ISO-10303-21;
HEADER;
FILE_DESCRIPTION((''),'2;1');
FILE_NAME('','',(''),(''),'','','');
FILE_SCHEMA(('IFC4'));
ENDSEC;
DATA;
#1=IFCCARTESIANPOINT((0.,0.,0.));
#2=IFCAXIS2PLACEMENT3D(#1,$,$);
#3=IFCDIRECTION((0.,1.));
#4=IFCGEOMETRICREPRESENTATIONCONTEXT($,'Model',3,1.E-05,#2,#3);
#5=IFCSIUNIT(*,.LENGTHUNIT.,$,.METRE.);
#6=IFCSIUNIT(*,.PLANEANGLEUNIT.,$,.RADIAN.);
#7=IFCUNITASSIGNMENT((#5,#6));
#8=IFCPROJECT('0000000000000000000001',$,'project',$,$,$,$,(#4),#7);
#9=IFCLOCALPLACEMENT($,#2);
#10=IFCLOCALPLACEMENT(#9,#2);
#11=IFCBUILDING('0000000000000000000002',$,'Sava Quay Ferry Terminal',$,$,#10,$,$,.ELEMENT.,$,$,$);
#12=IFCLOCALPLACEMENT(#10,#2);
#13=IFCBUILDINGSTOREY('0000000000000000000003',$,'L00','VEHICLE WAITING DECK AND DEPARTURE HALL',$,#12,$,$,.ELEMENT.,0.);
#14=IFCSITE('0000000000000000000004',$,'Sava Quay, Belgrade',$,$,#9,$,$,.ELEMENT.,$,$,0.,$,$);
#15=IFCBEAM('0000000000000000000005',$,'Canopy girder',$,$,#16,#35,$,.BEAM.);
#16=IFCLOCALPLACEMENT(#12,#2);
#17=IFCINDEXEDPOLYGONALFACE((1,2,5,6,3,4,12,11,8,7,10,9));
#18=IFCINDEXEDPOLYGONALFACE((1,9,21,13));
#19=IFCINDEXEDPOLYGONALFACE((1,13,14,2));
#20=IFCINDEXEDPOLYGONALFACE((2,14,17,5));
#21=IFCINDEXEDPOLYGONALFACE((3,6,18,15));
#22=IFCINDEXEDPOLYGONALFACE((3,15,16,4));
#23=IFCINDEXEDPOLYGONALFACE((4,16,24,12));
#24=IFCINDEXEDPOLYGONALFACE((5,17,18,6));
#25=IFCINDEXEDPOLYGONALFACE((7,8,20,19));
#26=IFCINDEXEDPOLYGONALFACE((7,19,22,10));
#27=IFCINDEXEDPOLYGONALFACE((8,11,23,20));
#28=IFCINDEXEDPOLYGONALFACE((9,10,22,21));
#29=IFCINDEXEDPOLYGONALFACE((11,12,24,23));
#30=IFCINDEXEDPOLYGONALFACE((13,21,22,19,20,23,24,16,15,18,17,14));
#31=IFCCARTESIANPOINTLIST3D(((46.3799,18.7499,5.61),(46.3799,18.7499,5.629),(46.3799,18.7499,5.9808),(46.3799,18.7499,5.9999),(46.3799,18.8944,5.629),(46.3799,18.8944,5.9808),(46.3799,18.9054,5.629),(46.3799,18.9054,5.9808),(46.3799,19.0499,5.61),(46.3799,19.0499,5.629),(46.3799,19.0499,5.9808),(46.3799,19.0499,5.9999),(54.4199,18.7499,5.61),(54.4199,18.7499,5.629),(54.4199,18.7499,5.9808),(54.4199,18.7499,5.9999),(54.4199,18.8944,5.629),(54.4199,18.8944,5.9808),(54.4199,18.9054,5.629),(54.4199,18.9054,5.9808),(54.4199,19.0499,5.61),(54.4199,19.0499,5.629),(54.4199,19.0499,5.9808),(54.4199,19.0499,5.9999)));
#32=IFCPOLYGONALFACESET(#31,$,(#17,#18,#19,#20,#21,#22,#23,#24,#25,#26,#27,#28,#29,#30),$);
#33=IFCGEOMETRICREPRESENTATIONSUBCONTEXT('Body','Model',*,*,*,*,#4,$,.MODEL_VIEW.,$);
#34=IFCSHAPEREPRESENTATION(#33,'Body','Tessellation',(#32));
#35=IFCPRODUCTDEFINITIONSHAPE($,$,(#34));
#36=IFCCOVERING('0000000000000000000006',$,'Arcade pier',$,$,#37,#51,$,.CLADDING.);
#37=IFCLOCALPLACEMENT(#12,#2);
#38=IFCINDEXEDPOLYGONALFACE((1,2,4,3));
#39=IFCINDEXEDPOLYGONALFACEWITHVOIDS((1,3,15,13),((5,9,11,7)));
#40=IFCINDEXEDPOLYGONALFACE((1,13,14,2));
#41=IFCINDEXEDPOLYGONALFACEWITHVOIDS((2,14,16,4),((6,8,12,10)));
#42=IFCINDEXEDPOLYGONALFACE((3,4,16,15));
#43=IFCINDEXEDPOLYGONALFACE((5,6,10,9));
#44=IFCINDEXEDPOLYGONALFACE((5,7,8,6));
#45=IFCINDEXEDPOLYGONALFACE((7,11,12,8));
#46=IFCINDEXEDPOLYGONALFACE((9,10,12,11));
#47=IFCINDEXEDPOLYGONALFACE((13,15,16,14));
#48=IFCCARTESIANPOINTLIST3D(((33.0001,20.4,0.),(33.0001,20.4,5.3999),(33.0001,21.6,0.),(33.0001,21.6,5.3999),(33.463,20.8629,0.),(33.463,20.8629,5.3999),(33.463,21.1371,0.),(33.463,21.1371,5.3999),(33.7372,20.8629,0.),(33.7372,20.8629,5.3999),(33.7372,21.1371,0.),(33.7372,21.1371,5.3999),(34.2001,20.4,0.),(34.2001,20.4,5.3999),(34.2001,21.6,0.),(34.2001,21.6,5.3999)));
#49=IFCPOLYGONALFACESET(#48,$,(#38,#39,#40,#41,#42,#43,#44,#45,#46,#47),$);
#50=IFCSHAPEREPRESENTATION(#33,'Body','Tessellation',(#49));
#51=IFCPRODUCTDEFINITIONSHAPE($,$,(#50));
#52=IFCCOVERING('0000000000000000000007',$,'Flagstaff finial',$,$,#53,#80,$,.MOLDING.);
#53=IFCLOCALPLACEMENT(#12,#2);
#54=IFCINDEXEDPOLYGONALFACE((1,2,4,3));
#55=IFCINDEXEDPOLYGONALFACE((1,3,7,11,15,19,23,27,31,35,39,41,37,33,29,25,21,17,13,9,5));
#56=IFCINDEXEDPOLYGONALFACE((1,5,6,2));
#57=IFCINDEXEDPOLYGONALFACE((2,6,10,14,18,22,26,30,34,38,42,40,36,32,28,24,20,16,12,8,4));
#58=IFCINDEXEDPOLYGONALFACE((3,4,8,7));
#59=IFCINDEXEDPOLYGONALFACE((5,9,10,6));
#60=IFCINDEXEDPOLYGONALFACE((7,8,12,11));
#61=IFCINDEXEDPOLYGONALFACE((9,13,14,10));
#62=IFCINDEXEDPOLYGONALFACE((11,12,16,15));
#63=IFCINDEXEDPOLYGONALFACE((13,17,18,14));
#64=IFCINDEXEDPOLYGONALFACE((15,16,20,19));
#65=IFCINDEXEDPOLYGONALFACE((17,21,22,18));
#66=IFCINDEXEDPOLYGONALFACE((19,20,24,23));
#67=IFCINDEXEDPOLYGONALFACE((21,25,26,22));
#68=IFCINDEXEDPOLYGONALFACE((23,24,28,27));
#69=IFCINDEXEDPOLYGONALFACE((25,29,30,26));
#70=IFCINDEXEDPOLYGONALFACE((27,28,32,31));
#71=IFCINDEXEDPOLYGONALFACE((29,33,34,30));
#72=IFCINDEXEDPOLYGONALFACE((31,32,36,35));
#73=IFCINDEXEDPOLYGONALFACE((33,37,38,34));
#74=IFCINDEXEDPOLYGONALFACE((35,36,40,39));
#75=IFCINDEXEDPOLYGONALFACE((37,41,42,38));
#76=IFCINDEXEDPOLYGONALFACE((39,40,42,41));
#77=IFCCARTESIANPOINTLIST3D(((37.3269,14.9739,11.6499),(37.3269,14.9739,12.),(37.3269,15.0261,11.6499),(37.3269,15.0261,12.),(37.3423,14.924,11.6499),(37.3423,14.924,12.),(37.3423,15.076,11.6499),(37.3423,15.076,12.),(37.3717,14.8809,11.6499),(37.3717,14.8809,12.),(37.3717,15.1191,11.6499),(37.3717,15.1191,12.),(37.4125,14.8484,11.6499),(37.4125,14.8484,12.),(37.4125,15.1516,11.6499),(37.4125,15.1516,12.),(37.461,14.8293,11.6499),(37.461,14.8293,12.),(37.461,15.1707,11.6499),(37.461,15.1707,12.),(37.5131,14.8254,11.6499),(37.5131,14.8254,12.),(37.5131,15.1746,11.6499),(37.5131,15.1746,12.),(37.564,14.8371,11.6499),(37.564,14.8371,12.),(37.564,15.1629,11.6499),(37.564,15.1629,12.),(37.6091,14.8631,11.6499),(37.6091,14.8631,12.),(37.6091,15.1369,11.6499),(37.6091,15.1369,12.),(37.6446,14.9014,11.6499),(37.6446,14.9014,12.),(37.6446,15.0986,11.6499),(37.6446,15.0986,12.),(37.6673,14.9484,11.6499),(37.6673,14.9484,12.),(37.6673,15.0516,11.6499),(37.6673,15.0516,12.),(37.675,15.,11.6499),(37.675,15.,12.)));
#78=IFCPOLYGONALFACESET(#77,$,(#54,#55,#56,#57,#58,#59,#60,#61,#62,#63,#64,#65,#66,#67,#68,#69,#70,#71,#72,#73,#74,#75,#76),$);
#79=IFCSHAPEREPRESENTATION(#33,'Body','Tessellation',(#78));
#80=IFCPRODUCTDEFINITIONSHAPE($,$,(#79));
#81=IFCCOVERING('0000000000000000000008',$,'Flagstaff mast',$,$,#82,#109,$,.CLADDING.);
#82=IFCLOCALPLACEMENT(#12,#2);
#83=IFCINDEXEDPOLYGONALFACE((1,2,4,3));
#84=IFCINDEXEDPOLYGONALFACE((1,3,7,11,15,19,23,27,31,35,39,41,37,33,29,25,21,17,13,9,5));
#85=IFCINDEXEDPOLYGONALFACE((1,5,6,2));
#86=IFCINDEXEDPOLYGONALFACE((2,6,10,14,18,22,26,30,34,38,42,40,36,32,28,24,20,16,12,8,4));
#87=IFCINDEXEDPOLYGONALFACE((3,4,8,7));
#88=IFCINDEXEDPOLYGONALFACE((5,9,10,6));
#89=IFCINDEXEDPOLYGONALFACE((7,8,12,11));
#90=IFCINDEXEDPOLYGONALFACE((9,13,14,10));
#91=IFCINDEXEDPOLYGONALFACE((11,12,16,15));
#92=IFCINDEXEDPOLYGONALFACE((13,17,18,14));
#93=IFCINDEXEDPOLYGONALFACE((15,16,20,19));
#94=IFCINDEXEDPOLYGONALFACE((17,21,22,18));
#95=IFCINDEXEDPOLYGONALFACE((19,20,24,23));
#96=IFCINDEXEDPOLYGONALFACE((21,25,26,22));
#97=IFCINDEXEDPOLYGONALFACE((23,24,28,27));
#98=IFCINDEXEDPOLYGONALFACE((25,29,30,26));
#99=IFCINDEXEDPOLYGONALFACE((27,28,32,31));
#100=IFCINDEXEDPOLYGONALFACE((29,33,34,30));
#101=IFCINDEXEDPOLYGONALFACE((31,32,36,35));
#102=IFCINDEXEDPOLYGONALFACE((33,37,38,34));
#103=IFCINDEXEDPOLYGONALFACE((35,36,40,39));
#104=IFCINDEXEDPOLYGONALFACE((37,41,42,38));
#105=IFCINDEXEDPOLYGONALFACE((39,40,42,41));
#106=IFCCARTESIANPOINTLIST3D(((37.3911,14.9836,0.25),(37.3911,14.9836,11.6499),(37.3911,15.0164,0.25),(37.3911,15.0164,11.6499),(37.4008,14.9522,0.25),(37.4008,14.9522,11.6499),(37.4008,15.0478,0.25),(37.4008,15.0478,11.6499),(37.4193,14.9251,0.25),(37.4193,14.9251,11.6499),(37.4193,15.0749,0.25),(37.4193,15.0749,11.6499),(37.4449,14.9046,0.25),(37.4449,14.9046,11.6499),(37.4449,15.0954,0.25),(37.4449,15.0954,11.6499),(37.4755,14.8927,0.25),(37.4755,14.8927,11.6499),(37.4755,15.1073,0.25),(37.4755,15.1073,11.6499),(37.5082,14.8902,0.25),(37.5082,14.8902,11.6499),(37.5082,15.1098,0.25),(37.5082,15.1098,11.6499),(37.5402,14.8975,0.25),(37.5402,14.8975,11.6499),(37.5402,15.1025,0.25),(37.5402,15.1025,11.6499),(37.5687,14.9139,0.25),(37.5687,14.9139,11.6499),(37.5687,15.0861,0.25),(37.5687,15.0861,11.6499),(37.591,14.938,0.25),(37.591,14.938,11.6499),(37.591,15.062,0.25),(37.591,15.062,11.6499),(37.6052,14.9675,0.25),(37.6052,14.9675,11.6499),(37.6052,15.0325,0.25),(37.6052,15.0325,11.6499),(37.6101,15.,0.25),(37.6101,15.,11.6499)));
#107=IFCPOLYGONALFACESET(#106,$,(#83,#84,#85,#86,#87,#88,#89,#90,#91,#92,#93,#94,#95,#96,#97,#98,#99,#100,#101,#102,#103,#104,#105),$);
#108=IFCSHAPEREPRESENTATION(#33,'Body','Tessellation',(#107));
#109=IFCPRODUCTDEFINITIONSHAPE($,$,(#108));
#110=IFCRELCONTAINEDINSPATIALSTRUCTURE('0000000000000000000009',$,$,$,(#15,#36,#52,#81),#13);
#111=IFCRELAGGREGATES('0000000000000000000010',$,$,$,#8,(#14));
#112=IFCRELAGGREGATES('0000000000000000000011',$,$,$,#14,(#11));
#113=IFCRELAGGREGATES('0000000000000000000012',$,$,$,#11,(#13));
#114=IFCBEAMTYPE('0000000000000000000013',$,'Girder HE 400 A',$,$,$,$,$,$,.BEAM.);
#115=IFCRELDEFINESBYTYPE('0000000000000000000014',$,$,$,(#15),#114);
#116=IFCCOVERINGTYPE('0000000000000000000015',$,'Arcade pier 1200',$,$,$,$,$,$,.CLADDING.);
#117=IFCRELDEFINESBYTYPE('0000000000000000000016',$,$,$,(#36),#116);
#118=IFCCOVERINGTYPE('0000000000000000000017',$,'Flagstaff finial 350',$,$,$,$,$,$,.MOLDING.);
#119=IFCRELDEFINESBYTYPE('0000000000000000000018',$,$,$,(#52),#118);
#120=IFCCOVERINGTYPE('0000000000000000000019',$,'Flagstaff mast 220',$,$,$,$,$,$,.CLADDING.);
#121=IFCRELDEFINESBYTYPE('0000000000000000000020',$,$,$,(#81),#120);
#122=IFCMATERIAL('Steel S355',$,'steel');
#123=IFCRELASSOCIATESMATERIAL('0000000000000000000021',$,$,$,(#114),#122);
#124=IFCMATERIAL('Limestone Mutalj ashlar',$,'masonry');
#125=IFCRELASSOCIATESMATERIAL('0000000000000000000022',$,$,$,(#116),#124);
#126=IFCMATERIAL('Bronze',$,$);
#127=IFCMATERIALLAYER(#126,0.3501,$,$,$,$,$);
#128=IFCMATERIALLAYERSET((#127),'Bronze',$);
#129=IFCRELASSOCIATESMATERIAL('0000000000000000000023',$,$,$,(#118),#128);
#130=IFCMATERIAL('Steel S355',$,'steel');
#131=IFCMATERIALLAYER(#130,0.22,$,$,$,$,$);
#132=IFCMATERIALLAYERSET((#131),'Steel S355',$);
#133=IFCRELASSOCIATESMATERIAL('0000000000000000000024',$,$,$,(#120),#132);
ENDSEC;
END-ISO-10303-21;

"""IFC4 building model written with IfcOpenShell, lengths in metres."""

from ifc_helpers import new_model, si_unit, direction, frame, origin, origin_2d, place, context, subcontext, project, spatial, hollow_rectangle, circle, i_section, extrude, material, layer, layer_set, material_profile, profile_set, type_object, element, save


model = new_model("IFC4")

# Units and contexts
model_context = context("Model", 3, precision=1e-05, world=origin(), true_north=direction((0.0, 1.0)))
body_context = subcontext(model_context, "Body", "Model", "MODEL_VIEW")
ifc_project = project(units=[si_unit("LENGTHUNIT", "METRE"), si_unit("PLANEANGLEUNIT", "RADIAN")], contexts=[model_context])

# Site, building, storey
site_placement = place(None, origin())
site = spatial("IfcSite", under=ifc_project, at=site_placement, Name="Sava Quay, Belgrade", CompositionType="ELEMENT", RefElevation=0.0)
building_placement = place(site_placement, origin())
building = spatial("IfcBuilding", under=site, at=building_placement, Name="Sava Quay Ferry Terminal", CompositionType="ELEMENT")
storey_placement = place(building_placement, origin())
storey = spatial("IfcBuildingStorey", under=building, at=storey_placement, Name="L00", Description="VEHICLE WAITING DECK AND DEPARTURE HALL", CompositionType="ELEMENT", Elevation=0.0)

# Beam
ifc_material_1 = material(Name="Steel S355", Category="steel")
ifc_material_profile_1 = material_profile(ifc_material_1, i_section(OverallWidth=0.3, OverallDepth=0.3899, WebThickness=0.011, FlangeThickness=0.019, at=origin_2d()), Name="HE 400 A")
ifc_profile_set_1 = profile_set([ifc_material_profile_1], Name="Steel S355")
beam_type_1 = type_object("IfcBeamType", Name="Girder HE 400 A", PredefinedType="BEAM", material=ifc_profile_set_1)
beam_1_placement = place(storey_placement, frame((46.3799, 18.8999, 5.8049), z_axis=(1.0, 0.0, 0.0), x_axis=(0.0, 1.0, 0.0)))
element("IfcBeam", 1, at=beam_1_placement, inside=storey, type_object=beam_type_1, Name="Canopy girder", PredefinedType="BEAM", context=body_context, shape_type="SweptSolid", body=[
    extrude(i_section(OverallWidth=0.3, OverallDepth=0.3899, WebThickness=0.011, FlangeThickness=0.019, at=origin_2d()), origin(), (0.0, 0.0, 1.0), 8.04),
])

# Coverings
ifc_material_2 = material(Name="Limestone Mutalj ashlar", Category="masonry")
ifc_material_profile_2 = material_profile(ifc_material_2, hollow_rectangle(XDim=1.2, YDim=1.2, WallThickness=0.4629, at=origin_2d()), Name="Arcade pier 1200")
ifc_profile_set_2 = profile_set([ifc_material_profile_2], Name="Limestone Mutalj ashlar")
covering_type_1 = type_object("IfcCoveringType", Name="Arcade pier 1200", PredefinedType="CLADDING", material=ifc_profile_set_2)
covering_1_placement = place(storey_placement, frame((33.6001, 21.0, 0.0), z_axis=(0.0, 0.0, 1.0), x_axis=(1.0, 0.0, 0.0)))
element("IfcCovering", 2, at=covering_1_placement, inside=storey, type_object=covering_type_1, Name="Arcade pier", PredefinedType="CLADDING", context=body_context, shape_type="SweptSolid", body=[
    extrude(hollow_rectangle(XDim=1.2, YDim=1.2, WallThickness=0.4629, at=origin_2d()), origin(), (0.0, 0.0, 1.0), 5.3999),
])
ifc_material_3 = material(Name="Bronze")
ifc_layer_1 = layer(ifc_material_3, 0.3501)
ifc_layer_set_1 = layer_set([ifc_layer_1], Name="Bronze")
covering_type_2 = type_object("IfcCoveringType", Name="Flagstaff finial 350", PredefinedType="MOLDING", material=ifc_layer_set_1)
covering_2_placement = place(storey_placement, frame((37.5, 15.0, 12.0), z_axis=(0.0, 0.0, -1.0), x_axis=(1.0, 0.0, 0.0)))
element("IfcCovering", 3, at=covering_2_placement, inside=storey, type_object=covering_type_2, Name="Flagstaff finial", PredefinedType="MOLDING", context=body_context, shape_type="SweptSolid", body=[
    extrude(circle(Radius=0.175, at=origin_2d()), origin(), (0.0, 0.0, 1.0), 0.3501),
])
ifc_material_4 = material(Name="Steel S355", Category="steel")
ifc_layer_2 = layer(ifc_material_4, 0.22)
ifc_layer_set_2 = layer_set([ifc_layer_2], Name="Steel S355")
covering_type_3 = type_object("IfcCoveringType", Name="Flagstaff mast 220", PredefinedType="CLADDING", material=ifc_layer_set_2)
covering_3_placement = place(storey_placement, frame((37.5, 15.0, 11.6499), z_axis=(0.0, 0.0, -1.0), x_axis=(1.0, 0.0, 0.0)))
element("IfcCovering", 4, at=covering_3_placement, inside=storey, type_object=covering_type_3, Name="Flagstaff mast", PredefinedType="CLADDING", context=body_context, shape_type="SweptSolid", body=[
    extrude(circle(Radius=0.1101, at=origin_2d()), origin(), (0.0, 0.0, 1.0), 11.3999),
])

save(model, "model.ifc")
